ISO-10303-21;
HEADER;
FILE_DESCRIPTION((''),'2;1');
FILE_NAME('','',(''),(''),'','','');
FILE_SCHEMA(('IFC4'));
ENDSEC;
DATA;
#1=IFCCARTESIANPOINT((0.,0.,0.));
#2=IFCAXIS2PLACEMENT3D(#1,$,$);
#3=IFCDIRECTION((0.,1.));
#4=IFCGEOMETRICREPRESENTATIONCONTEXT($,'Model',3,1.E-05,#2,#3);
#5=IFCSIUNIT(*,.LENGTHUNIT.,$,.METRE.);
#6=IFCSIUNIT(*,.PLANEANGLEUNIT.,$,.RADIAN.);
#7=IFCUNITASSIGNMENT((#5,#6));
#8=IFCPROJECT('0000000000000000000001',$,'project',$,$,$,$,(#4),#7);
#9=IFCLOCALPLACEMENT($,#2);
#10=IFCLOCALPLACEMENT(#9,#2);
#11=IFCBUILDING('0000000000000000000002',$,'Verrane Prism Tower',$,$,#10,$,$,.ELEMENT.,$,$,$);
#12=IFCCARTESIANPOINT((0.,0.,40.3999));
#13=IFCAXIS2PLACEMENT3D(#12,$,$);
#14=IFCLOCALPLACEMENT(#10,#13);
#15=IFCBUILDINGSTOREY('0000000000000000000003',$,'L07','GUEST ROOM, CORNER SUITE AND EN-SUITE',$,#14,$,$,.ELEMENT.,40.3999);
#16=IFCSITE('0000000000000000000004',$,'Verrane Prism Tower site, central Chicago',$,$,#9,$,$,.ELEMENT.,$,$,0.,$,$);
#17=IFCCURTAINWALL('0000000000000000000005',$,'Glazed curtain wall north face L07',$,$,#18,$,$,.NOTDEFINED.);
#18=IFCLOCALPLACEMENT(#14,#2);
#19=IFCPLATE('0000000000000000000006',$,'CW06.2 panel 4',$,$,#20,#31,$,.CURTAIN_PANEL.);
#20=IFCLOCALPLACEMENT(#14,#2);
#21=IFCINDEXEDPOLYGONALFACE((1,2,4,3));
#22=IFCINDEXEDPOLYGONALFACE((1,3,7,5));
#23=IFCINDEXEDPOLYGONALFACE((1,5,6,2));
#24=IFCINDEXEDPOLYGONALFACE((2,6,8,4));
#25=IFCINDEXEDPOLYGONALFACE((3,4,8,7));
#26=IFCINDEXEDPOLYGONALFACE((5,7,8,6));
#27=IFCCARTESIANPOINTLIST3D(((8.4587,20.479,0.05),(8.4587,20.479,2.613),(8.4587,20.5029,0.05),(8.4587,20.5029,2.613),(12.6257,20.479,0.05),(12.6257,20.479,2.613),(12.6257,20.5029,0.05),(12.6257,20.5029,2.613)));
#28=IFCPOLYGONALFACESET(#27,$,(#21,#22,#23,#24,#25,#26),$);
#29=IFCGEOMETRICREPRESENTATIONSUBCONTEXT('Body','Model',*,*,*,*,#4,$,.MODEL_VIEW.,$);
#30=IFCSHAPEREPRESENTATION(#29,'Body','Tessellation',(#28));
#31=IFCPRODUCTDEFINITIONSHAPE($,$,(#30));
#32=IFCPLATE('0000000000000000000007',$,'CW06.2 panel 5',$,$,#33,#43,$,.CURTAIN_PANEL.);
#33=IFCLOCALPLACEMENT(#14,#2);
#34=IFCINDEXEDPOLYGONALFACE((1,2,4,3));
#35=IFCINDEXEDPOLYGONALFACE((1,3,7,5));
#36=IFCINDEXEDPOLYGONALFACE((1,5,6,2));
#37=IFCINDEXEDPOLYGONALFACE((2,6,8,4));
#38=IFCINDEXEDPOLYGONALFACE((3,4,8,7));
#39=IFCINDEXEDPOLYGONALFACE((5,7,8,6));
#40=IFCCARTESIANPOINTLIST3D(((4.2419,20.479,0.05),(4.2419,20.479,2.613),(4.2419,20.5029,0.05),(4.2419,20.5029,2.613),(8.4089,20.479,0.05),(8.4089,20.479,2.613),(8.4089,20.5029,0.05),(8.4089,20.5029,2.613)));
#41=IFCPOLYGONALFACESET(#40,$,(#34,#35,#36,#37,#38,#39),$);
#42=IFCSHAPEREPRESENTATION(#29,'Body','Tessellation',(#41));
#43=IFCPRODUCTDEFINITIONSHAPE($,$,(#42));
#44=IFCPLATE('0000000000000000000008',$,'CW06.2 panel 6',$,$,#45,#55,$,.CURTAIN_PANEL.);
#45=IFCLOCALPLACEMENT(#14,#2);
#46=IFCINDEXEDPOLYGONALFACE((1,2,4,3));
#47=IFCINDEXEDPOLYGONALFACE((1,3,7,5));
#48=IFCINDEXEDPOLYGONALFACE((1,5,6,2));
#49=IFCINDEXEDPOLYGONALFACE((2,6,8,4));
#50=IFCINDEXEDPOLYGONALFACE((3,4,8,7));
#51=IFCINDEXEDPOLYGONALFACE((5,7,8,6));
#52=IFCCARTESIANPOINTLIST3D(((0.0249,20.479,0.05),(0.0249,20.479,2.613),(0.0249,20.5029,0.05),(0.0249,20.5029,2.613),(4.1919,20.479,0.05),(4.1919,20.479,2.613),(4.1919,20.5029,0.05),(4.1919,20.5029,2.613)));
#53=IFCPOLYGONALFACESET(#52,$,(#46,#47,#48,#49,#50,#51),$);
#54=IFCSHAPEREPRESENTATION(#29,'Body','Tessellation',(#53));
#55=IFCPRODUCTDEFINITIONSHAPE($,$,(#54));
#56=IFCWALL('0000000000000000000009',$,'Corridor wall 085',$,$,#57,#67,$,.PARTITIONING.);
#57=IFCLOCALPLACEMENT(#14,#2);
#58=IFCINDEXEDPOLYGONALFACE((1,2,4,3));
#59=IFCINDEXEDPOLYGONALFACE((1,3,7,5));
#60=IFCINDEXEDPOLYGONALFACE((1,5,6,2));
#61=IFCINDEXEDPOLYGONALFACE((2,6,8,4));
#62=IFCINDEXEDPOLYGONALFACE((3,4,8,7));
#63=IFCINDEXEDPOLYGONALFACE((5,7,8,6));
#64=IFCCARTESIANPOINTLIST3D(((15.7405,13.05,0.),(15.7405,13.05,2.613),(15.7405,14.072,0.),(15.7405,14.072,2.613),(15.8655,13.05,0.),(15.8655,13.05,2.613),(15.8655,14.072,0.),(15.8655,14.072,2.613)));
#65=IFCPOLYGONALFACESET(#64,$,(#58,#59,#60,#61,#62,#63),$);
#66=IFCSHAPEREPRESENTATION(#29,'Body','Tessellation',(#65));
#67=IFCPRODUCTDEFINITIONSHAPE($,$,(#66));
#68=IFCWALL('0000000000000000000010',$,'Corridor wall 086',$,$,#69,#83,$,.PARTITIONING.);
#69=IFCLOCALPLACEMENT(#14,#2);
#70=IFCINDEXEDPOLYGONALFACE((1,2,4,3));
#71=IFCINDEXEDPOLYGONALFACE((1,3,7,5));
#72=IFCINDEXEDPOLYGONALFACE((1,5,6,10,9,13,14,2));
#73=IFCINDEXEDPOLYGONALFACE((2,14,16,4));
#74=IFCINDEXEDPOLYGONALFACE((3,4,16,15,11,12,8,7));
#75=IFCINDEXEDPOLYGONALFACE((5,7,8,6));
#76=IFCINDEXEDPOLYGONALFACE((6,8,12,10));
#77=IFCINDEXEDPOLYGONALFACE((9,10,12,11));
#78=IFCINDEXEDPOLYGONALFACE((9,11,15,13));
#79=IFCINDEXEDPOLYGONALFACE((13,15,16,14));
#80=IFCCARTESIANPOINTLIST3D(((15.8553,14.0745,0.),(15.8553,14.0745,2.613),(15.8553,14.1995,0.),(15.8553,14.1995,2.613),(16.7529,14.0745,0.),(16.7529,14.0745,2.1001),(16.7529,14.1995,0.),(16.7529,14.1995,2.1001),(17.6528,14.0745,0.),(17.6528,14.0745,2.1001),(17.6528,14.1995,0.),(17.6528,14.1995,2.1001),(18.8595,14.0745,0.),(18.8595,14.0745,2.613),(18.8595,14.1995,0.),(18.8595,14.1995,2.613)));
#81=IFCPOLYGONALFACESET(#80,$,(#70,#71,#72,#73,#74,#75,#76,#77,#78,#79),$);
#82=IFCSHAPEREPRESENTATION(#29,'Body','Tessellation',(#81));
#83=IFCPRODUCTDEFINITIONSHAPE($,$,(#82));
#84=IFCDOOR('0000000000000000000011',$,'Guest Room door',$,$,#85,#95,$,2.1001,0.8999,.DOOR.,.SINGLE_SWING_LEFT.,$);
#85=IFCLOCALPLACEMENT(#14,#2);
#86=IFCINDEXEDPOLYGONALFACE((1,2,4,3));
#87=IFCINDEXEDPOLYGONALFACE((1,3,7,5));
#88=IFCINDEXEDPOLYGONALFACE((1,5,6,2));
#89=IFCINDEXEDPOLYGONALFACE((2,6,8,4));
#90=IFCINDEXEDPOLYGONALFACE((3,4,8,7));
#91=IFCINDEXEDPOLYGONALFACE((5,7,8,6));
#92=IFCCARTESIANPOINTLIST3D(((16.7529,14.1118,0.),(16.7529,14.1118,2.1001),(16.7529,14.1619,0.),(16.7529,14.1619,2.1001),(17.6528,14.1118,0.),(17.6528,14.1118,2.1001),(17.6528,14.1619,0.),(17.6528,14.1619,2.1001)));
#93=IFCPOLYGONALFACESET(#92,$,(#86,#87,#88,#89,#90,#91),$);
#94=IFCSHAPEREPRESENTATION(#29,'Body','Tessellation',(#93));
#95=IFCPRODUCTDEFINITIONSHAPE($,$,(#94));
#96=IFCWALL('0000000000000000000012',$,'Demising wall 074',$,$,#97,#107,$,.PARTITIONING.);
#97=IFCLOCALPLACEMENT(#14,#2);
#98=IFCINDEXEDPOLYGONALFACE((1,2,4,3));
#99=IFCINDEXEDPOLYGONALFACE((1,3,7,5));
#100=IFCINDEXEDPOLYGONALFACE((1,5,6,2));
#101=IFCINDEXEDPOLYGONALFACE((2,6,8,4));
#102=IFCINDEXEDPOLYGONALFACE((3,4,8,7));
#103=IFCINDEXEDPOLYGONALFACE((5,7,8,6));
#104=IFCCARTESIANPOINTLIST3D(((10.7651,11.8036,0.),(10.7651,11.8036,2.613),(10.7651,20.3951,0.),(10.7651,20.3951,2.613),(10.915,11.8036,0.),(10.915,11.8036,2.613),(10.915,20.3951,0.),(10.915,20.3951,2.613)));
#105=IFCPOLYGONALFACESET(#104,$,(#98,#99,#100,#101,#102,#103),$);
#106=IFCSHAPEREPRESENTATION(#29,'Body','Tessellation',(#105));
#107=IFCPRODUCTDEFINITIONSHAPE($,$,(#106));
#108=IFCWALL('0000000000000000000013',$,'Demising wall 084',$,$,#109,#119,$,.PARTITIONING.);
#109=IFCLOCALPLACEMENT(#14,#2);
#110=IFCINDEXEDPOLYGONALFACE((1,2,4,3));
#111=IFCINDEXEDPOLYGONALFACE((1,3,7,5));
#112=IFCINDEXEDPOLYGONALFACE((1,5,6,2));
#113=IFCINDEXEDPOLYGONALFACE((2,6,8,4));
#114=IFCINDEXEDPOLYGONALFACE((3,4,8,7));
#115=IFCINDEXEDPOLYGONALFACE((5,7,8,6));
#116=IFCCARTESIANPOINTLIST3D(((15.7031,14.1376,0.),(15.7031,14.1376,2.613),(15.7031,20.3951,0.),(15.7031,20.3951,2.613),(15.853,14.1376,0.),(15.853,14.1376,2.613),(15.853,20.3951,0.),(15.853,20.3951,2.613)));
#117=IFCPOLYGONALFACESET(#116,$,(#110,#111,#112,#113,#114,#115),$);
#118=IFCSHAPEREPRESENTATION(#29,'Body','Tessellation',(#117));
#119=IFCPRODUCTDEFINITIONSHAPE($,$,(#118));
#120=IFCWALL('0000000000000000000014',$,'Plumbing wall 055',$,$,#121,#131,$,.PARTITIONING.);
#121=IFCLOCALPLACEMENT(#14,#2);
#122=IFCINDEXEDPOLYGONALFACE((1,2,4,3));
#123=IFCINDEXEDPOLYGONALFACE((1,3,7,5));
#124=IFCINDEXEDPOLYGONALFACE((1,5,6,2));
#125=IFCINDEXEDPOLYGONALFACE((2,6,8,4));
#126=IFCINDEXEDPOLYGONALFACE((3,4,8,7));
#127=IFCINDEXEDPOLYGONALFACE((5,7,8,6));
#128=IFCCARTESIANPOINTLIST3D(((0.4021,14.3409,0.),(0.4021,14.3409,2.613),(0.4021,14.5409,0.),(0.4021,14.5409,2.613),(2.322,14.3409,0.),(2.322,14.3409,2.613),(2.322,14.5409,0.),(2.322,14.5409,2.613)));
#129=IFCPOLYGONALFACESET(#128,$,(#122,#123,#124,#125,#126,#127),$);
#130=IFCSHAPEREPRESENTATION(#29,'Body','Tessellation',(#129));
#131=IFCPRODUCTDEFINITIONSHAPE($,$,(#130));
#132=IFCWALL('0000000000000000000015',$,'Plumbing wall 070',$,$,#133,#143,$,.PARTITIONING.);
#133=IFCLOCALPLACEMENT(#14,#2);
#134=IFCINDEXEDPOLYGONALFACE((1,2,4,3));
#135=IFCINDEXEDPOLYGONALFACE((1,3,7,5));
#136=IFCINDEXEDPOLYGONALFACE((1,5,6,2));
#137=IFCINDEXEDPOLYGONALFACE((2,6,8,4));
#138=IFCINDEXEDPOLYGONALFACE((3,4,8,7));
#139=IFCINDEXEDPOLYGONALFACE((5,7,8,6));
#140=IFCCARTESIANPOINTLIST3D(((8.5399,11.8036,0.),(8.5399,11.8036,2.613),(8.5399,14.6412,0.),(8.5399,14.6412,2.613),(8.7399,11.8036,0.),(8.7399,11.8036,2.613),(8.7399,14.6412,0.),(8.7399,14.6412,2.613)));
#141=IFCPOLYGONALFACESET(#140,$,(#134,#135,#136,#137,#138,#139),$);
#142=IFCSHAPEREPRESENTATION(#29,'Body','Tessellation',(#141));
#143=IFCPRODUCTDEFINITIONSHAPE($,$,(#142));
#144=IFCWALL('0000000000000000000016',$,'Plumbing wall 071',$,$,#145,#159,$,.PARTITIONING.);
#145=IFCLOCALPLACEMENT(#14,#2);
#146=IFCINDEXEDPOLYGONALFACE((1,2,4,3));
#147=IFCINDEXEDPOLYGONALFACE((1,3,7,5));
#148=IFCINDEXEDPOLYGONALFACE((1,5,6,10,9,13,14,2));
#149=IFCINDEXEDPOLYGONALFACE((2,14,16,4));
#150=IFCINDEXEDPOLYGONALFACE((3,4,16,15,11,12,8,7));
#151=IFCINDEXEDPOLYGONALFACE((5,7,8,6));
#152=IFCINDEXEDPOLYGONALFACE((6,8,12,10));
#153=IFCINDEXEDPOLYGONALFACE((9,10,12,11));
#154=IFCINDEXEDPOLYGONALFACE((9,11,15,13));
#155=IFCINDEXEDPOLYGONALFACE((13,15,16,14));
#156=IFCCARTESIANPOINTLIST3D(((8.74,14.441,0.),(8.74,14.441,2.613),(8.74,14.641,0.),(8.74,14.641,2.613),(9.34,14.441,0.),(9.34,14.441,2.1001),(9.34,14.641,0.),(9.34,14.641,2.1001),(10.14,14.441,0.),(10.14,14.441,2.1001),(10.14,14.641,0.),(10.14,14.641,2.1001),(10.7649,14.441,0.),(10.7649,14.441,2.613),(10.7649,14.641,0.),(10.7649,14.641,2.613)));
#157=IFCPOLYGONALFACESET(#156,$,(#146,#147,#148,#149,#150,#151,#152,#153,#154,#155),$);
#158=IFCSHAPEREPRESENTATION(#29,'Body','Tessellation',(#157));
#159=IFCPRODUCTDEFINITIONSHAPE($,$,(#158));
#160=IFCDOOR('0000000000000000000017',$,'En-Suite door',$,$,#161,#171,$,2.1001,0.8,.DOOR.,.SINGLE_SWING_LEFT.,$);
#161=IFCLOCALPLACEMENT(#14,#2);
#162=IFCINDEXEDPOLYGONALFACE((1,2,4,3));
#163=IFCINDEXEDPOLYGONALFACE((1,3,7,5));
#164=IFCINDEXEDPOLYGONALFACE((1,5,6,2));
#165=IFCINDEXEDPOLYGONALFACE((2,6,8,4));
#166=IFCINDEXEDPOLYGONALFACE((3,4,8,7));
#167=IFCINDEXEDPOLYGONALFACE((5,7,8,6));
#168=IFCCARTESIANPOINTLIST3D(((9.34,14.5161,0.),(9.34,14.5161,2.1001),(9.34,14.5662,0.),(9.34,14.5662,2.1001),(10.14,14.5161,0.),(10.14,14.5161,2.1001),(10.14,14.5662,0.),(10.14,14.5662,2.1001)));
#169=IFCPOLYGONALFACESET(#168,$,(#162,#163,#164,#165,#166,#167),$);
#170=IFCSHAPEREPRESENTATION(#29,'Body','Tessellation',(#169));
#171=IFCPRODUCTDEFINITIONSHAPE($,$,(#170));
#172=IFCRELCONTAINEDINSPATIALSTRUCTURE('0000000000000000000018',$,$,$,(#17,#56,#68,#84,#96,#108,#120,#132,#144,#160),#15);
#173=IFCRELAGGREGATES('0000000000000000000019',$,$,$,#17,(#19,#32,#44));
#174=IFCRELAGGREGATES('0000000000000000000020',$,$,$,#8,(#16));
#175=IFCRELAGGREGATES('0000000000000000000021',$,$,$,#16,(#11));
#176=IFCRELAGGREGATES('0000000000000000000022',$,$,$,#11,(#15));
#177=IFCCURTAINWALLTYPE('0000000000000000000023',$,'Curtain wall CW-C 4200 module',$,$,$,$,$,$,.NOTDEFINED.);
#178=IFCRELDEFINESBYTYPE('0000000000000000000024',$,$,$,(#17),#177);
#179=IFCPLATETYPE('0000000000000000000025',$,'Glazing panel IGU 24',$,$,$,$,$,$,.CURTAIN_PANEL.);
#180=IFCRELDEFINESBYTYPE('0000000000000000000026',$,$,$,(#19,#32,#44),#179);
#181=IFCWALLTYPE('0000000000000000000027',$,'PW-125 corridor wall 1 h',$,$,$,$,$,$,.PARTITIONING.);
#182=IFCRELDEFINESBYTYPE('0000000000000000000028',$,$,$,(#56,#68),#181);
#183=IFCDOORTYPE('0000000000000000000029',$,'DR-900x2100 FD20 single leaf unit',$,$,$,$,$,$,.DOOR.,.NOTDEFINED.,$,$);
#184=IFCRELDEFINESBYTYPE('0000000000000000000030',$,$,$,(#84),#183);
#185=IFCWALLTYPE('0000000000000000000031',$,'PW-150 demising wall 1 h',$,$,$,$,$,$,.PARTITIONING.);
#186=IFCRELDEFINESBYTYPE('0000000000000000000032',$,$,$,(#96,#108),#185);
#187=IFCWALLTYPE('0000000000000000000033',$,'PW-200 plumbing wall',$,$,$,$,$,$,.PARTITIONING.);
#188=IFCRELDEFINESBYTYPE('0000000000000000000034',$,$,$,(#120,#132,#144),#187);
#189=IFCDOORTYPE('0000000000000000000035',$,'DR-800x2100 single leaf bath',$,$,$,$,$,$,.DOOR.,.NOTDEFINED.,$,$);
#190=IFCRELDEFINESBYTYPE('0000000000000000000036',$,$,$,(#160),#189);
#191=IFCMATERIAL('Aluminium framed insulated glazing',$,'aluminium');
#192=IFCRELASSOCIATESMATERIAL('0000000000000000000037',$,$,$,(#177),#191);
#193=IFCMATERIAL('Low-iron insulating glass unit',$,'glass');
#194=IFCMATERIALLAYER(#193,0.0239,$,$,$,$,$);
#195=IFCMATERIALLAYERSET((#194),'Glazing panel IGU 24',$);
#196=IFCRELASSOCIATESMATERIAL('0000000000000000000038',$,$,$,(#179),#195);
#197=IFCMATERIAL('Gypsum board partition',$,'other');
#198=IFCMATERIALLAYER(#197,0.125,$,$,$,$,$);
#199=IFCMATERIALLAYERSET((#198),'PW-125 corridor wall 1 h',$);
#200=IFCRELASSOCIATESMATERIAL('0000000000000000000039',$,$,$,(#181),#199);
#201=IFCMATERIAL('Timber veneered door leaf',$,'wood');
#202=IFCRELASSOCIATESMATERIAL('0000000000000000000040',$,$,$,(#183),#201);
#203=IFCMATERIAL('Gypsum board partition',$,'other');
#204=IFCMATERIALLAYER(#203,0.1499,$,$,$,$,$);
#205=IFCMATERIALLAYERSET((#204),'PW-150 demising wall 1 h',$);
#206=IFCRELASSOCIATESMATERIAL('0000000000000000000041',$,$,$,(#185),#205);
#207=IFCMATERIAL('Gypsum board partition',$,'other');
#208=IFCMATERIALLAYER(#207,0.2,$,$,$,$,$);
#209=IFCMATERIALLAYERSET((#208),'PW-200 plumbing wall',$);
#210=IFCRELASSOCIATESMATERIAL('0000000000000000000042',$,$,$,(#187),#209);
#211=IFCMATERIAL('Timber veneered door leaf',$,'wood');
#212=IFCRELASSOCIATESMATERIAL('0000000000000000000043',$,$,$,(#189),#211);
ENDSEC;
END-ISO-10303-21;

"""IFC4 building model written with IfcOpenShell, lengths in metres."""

from ifc_helpers import new_model, si_unit, direction, frame, frame_2d, origin, origin_2d, place, context, subcontext, project, spatial, rectangle, extrude, material, layer, layer_set, type_object, element, fill, aggregate, save


model = new_model("IFC4")

# Units and contexts
model_context = context("Model", 3, precision=1e-05, world=origin(), true_north=direction((0.0, 1.0)))
body_context = subcontext(model_context, "Body", "Model", "MODEL_VIEW")
ifc_project = project(units=[si_unit("LENGTHUNIT", "METRE"), si_unit("PLANEANGLEUNIT", "RADIAN")], contexts=[model_context])

# Site, building, storey
site_placement = place(None, origin())
site = spatial("IfcSite", under=ifc_project, at=site_placement, Name="Verrane Prism Tower site, central Chicago", CompositionType="ELEMENT", RefElevation=0.0)
building_placement = place(site_placement, origin())
building = spatial("IfcBuilding", under=site, at=building_placement, Name="Verrane Prism Tower", CompositionType="ELEMENT")
storey_placement = place(building_placement, frame((0.0, 0.0, 40.3999)))
storey = spatial("IfcBuildingStorey", under=building, at=storey_placement, Name="L07", Description="GUEST ROOM, CORNER SUITE AND EN-SUITE", CompositionType="ELEMENT", Elevation=40.3999)

# Curtain wall
ifc_material_1 = material(Name="Aluminium framed insulated glazing", Category="aluminium")
curtain_wall_type = type_object("IfcCurtainWallType", Name="Curtain wall CW-C 4200 module", PredefinedType="NOTDEFINED", material=ifc_material_1)
curtain_wall_placement = place(storey_placement, origin())
curtain_wall = element("IfcCurtainWall", 1, at=curtain_wall_placement, inside=storey, type_object=curtain_wall_type, Name="Glazed curtain wall north face L07", PredefinedType="NOTDEFINED")

# Plates
ifc_material_2 = material(Name="Low-iron insulating glass unit", Category="glass")
ifc_layer_1 = layer(ifc_material_2, 0.0239)
ifc_layer_set_1 = layer_set([ifc_layer_1], Name="Glazing panel IGU 24")
plate_type = type_object("IfcPlateType", Name="Glazing panel IGU 24", PredefinedType="CURTAIN_PANEL", material=ifc_layer_set_1)
plate_1_placement = place(storey_placement, frame((10.5422, 20.491, 0.05), z_axis=(0.0, 0.0, 1.0), x_axis=(-1.0, 0.0, 0.0)))
plate_1 = element("IfcPlate", 2, at=plate_1_placement, type_object=plate_type, Name="CW06.2 panel 4", PredefinedType="CURTAIN_PANEL", context=body_context, shape_type="SweptSolid", body=[
    extrude(rectangle(XDim=4.167, YDim=0.0239, at=origin_2d()), origin(), (0.0, 0.0, 1.0), 2.563),
])
plate_2_placement = place(storey_placement, frame((6.3254, 20.491, 0.05), z_axis=(0.0, 0.0, 1.0), x_axis=(-1.0, 0.0, 0.0)))
plate_2 = element("IfcPlate", 3, at=plate_2_placement, type_object=plate_type, Name="CW06.2 panel 5", PredefinedType="CURTAIN_PANEL", context=body_context, shape_type="SweptSolid", body=[
    extrude(rectangle(XDim=4.167, YDim=0.0239, at=origin_2d()), origin(), (0.0, 0.0, 1.0), 2.563),
])
plate_3_placement = place(storey_placement, frame((2.1084, 20.491, 0.05), z_axis=(0.0, 0.0, 1.0), x_axis=(-1.0, 0.0, 0.0)))
plate_3 = element("IfcPlate", 4, at=plate_3_placement, type_object=plate_type, Name="CW06.2 panel 6", PredefinedType="CURTAIN_PANEL", context=body_context, shape_type="SweptSolid", body=[
    extrude(rectangle(XDim=4.167, YDim=0.0239, at=origin_2d()), origin(), (0.0, 0.0, 1.0), 2.563),
])
aggregate(curtain_wall, [plate_1, plate_2, plate_3])

# Wall
ifc_material_3 = material(Name="Gypsum board partition", Category="other")
ifc_layer_2 = layer(ifc_material_3, 0.125)
ifc_layer_set_2 = layer_set([ifc_layer_2], Name="PW-125 corridor wall 1 h")
wall_type_1 = type_object("IfcWallType", Name="PW-125 corridor wall 1 h", PredefinedType="PARTITIONING", material=ifc_layer_set_2)
wall_1_placement = place(storey_placement, frame((15.803, 13.05, 0.0), z_axis=(0.0, 0.0, 1.0), x_axis=(0.0, 1.0, 0.0)))
element("IfcWall", 5, at=wall_1_placement, inside=storey, type_object=wall_type_1, Name="Corridor wall 085", PredefinedType="PARTITIONING", context=body_context, shape_type="SweptSolid", body=[
    extrude(rectangle(XDim=1.022, YDim=0.125, at=frame_2d((0.511, 0.0))), origin(), (0.0, 0.0, 1.0), 2.613),
])

# Wall, opening, door
wall_2_placement = place(storey_placement, frame((15.8555, 14.137, 0.0), z_axis=(0.0, 0.0, 1.0), x_axis=(1.0, 0.0, 0.0)))
wall_2 = element("IfcWall", 6, at=wall_2_placement, inside=storey, type_object=wall_type_1, Name="Corridor wall 086", PredefinedType="PARTITIONING", context=body_context, shape_type="SweptSolid", body=[
    extrude(rectangle(XDim=3.0042, YDim=0.125, at=frame_2d((1.502, 0.0))), origin(), (0.0, 0.0, 1.0), 2.613),
])
opening_1_placement = place(wall_2_placement, frame((0.8975, 0.0, 0.0)))
opening_1 = element("IfcOpeningElement", 7, at=opening_1_placement, cuts=wall_2, PredefinedType="OPENING", context=body_context, shape_type="SweptSolid", body=[
    extrude(rectangle(XDim=0.8999, YDim=2.1001, at=frame_2d((0.45, 1.05))), frame((0.0, 0.0725, 0.0), z_axis=(0.0, -1.0, 0.0), x_axis=(1.0, 0.0, 0.0)), (0.0, 0.0, 1.0), 0.145),
])
ifc_material_4 = material(Name="Timber veneered door leaf", Category="wood")
door_type_1 = type_object("IfcDoorType", Name="DR-900x2100 FD20 single leaf unit", OperationType="NOTDEFINED", PredefinedType="DOOR", material=ifc_material_4)
door_1_placement = place(opening_1_placement, origin())
door_1 = element("IfcDoor", 8, at=door_1_placement, inside=storey, type_object=door_type_1, Name="Guest Room door", OperationType="SINGLE_SWING_LEFT", OverallHeight=2.1001, OverallWidth=0.8999, PredefinedType="DOOR", context=body_context, shape_type="SweptSolid", body=[
    extrude(rectangle(XDim=0.8999, YDim=2.1001, at=frame_2d((0.45, 1.05))), frame((0.0, 0.0249, 0.0), z_axis=(0.0, -1.0, 0.0), x_axis=(1.0, 0.0, 0.0)), (0.0, 0.0, 1.0), 0.05),
])
fill(opening_1, door_1)

# Walls
ifc_material_5 = material(Name="Gypsum board partition", Category="other")
ifc_layer_3 = layer(ifc_material_5, 0.1499)
ifc_layer_set_3 = layer_set([ifc_layer_3], Name="PW-150 demising wall 1 h")
wall_type_2 = type_object("IfcWallType", Name="PW-150 demising wall 1 h", PredefinedType="PARTITIONING", material=ifc_layer_set_3)
wall_3_placement = place(storey_placement, frame((10.8401, 11.8035, 0.0), z_axis=(0.0, 0.0, 1.0), x_axis=(0.0, 1.0, 0.0)))
element("IfcWall", 9, at=wall_3_placement, inside=storey, type_object=wall_type_2, Name="Demising wall 074", PredefinedType="PARTITIONING", context=body_context, shape_type="SweptSolid", body=[
    extrude(rectangle(XDim=8.5916, YDim=0.1499, at=frame_2d((4.2959, 0.0))), origin(), (0.0, 0.0, 1.0), 2.613),
])
wall_4_placement = place(storey_placement, frame((15.7781, 14.1375, 0.0), z_axis=(0.0, 0.0, 1.0), x_axis=(0.0, 1.0, 0.0)))
element("IfcWall", 10, at=wall_4_placement, inside=storey, type_object=wall_type_2, Name="Demising wall 084", PredefinedType="PARTITIONING", context=body_context, shape_type="SweptSolid", body=[
    extrude(rectangle(XDim=6.2576, YDim=0.1499, at=frame_2d((3.1289, 0.0))), origin(), (0.0, 0.0, 1.0), 2.613),
])
ifc_material_6 = material(Name="Gypsum board partition", Category="other")
ifc_layer_4 = layer(ifc_material_6, 0.2)
ifc_layer_set_4 = layer_set([ifc_layer_4], Name="PW-200 plumbing wall")
wall_type_3 = type_object("IfcWallType", Name="PW-200 plumbing wall", PredefinedType="PARTITIONING", material=ifc_layer_set_4)
wall_5_placement = place(storey_placement, frame((0.4021, 14.4409, 0.0), z_axis=(0.0, 0.0, 1.0), x_axis=(1.0, 0.0, 0.0)))
element("IfcWall", 11, at=wall_5_placement, inside=storey, type_object=wall_type_3, Name="Plumbing wall 055", PredefinedType="PARTITIONING", context=body_context, shape_type="SweptSolid", body=[
    extrude(rectangle(XDim=1.9199, YDim=0.2, at=frame_2d((0.96, 0.0))), origin(), (0.0, 0.0, 1.0), 2.613),
])
wall_6_placement = place(storey_placement, frame((8.6399, 11.8035, 0.0), z_axis=(0.0, 0.0, 1.0), x_axis=(0.0, 1.0, 0.0)))
element("IfcWall", 12, at=wall_6_placement, inside=storey, type_object=wall_type_3, Name="Plumbing wall 070", PredefinedType="PARTITIONING", context=body_context, shape_type="SweptSolid", body=[
    extrude(rectangle(XDim=2.8376, YDim=0.2, at=frame_2d((1.4189, 0.0))), origin(), (0.0, 0.0, 1.0), 2.613),
])

# Wall, opening, door
wall_7_placement = place(storey_placement, frame((10.7649, 14.541, 0.0), z_axis=(0.0, 0.0, 1.0), x_axis=(-1.0, 0.0, 0.0)))
wall_7 = element("IfcWall", 13, at=wall_7_placement, inside=storey, type_object=wall_type_3, Name="Plumbing wall 071", PredefinedType="PARTITIONING", context=body_context, shape_type="SweptSolid", body=[
    extrude(rectangle(XDim=2.0249, YDim=0.2, at=frame_2d((1.0125, 0.0))), origin(), (0.0, 0.0, 1.0), 2.613),
])
opening_2_placement = place(wall_7_placement, frame((0.625, 0.0, 0.0)))
opening_2 = element("IfcOpeningElement", 14, at=opening_2_placement, cuts=wall_7, PredefinedType="OPENING", context=body_context, shape_type="SweptSolid", body=[
    extrude(rectangle(XDim=0.8, YDim=2.1001, at=frame_2d((0.3999, 1.05))), frame((0.0, 0.1099, 0.0), z_axis=(0.0, -1.0, 0.0), x_axis=(1.0, 0.0, 0.0)), (0.0, 0.0, 1.0), 0.22),
])
ifc_material_7 = material(Name="Timber veneered door leaf", Category="wood")
door_type_2 = type_object("IfcDoorType", Name="DR-800x2100 single leaf bath", OperationType="NOTDEFINED", PredefinedType="DOOR", material=ifc_material_7)
door_2_placement = place(opening_2_placement, origin())
door_2 = element("IfcDoor", 15, at=door_2_placement, inside=storey, type_object=door_type_2, Name="En-Suite door", OperationType="SINGLE_SWING_LEFT", OverallHeight=2.1001, OverallWidth=0.8, PredefinedType="DOOR", context=body_context, shape_type="SweptSolid", body=[
    extrude(rectangle(XDim=0.8, YDim=2.1001, at=frame_2d((0.3999, 1.05))), frame((0.0, 0.0249, 0.0), z_axis=(0.0, -1.0, 0.0), x_axis=(1.0, 0.0, 0.0)), (0.0, 0.0, 1.0), 0.05),
])
fill(opening_2, door_2)

save(model, "model.ifc")
